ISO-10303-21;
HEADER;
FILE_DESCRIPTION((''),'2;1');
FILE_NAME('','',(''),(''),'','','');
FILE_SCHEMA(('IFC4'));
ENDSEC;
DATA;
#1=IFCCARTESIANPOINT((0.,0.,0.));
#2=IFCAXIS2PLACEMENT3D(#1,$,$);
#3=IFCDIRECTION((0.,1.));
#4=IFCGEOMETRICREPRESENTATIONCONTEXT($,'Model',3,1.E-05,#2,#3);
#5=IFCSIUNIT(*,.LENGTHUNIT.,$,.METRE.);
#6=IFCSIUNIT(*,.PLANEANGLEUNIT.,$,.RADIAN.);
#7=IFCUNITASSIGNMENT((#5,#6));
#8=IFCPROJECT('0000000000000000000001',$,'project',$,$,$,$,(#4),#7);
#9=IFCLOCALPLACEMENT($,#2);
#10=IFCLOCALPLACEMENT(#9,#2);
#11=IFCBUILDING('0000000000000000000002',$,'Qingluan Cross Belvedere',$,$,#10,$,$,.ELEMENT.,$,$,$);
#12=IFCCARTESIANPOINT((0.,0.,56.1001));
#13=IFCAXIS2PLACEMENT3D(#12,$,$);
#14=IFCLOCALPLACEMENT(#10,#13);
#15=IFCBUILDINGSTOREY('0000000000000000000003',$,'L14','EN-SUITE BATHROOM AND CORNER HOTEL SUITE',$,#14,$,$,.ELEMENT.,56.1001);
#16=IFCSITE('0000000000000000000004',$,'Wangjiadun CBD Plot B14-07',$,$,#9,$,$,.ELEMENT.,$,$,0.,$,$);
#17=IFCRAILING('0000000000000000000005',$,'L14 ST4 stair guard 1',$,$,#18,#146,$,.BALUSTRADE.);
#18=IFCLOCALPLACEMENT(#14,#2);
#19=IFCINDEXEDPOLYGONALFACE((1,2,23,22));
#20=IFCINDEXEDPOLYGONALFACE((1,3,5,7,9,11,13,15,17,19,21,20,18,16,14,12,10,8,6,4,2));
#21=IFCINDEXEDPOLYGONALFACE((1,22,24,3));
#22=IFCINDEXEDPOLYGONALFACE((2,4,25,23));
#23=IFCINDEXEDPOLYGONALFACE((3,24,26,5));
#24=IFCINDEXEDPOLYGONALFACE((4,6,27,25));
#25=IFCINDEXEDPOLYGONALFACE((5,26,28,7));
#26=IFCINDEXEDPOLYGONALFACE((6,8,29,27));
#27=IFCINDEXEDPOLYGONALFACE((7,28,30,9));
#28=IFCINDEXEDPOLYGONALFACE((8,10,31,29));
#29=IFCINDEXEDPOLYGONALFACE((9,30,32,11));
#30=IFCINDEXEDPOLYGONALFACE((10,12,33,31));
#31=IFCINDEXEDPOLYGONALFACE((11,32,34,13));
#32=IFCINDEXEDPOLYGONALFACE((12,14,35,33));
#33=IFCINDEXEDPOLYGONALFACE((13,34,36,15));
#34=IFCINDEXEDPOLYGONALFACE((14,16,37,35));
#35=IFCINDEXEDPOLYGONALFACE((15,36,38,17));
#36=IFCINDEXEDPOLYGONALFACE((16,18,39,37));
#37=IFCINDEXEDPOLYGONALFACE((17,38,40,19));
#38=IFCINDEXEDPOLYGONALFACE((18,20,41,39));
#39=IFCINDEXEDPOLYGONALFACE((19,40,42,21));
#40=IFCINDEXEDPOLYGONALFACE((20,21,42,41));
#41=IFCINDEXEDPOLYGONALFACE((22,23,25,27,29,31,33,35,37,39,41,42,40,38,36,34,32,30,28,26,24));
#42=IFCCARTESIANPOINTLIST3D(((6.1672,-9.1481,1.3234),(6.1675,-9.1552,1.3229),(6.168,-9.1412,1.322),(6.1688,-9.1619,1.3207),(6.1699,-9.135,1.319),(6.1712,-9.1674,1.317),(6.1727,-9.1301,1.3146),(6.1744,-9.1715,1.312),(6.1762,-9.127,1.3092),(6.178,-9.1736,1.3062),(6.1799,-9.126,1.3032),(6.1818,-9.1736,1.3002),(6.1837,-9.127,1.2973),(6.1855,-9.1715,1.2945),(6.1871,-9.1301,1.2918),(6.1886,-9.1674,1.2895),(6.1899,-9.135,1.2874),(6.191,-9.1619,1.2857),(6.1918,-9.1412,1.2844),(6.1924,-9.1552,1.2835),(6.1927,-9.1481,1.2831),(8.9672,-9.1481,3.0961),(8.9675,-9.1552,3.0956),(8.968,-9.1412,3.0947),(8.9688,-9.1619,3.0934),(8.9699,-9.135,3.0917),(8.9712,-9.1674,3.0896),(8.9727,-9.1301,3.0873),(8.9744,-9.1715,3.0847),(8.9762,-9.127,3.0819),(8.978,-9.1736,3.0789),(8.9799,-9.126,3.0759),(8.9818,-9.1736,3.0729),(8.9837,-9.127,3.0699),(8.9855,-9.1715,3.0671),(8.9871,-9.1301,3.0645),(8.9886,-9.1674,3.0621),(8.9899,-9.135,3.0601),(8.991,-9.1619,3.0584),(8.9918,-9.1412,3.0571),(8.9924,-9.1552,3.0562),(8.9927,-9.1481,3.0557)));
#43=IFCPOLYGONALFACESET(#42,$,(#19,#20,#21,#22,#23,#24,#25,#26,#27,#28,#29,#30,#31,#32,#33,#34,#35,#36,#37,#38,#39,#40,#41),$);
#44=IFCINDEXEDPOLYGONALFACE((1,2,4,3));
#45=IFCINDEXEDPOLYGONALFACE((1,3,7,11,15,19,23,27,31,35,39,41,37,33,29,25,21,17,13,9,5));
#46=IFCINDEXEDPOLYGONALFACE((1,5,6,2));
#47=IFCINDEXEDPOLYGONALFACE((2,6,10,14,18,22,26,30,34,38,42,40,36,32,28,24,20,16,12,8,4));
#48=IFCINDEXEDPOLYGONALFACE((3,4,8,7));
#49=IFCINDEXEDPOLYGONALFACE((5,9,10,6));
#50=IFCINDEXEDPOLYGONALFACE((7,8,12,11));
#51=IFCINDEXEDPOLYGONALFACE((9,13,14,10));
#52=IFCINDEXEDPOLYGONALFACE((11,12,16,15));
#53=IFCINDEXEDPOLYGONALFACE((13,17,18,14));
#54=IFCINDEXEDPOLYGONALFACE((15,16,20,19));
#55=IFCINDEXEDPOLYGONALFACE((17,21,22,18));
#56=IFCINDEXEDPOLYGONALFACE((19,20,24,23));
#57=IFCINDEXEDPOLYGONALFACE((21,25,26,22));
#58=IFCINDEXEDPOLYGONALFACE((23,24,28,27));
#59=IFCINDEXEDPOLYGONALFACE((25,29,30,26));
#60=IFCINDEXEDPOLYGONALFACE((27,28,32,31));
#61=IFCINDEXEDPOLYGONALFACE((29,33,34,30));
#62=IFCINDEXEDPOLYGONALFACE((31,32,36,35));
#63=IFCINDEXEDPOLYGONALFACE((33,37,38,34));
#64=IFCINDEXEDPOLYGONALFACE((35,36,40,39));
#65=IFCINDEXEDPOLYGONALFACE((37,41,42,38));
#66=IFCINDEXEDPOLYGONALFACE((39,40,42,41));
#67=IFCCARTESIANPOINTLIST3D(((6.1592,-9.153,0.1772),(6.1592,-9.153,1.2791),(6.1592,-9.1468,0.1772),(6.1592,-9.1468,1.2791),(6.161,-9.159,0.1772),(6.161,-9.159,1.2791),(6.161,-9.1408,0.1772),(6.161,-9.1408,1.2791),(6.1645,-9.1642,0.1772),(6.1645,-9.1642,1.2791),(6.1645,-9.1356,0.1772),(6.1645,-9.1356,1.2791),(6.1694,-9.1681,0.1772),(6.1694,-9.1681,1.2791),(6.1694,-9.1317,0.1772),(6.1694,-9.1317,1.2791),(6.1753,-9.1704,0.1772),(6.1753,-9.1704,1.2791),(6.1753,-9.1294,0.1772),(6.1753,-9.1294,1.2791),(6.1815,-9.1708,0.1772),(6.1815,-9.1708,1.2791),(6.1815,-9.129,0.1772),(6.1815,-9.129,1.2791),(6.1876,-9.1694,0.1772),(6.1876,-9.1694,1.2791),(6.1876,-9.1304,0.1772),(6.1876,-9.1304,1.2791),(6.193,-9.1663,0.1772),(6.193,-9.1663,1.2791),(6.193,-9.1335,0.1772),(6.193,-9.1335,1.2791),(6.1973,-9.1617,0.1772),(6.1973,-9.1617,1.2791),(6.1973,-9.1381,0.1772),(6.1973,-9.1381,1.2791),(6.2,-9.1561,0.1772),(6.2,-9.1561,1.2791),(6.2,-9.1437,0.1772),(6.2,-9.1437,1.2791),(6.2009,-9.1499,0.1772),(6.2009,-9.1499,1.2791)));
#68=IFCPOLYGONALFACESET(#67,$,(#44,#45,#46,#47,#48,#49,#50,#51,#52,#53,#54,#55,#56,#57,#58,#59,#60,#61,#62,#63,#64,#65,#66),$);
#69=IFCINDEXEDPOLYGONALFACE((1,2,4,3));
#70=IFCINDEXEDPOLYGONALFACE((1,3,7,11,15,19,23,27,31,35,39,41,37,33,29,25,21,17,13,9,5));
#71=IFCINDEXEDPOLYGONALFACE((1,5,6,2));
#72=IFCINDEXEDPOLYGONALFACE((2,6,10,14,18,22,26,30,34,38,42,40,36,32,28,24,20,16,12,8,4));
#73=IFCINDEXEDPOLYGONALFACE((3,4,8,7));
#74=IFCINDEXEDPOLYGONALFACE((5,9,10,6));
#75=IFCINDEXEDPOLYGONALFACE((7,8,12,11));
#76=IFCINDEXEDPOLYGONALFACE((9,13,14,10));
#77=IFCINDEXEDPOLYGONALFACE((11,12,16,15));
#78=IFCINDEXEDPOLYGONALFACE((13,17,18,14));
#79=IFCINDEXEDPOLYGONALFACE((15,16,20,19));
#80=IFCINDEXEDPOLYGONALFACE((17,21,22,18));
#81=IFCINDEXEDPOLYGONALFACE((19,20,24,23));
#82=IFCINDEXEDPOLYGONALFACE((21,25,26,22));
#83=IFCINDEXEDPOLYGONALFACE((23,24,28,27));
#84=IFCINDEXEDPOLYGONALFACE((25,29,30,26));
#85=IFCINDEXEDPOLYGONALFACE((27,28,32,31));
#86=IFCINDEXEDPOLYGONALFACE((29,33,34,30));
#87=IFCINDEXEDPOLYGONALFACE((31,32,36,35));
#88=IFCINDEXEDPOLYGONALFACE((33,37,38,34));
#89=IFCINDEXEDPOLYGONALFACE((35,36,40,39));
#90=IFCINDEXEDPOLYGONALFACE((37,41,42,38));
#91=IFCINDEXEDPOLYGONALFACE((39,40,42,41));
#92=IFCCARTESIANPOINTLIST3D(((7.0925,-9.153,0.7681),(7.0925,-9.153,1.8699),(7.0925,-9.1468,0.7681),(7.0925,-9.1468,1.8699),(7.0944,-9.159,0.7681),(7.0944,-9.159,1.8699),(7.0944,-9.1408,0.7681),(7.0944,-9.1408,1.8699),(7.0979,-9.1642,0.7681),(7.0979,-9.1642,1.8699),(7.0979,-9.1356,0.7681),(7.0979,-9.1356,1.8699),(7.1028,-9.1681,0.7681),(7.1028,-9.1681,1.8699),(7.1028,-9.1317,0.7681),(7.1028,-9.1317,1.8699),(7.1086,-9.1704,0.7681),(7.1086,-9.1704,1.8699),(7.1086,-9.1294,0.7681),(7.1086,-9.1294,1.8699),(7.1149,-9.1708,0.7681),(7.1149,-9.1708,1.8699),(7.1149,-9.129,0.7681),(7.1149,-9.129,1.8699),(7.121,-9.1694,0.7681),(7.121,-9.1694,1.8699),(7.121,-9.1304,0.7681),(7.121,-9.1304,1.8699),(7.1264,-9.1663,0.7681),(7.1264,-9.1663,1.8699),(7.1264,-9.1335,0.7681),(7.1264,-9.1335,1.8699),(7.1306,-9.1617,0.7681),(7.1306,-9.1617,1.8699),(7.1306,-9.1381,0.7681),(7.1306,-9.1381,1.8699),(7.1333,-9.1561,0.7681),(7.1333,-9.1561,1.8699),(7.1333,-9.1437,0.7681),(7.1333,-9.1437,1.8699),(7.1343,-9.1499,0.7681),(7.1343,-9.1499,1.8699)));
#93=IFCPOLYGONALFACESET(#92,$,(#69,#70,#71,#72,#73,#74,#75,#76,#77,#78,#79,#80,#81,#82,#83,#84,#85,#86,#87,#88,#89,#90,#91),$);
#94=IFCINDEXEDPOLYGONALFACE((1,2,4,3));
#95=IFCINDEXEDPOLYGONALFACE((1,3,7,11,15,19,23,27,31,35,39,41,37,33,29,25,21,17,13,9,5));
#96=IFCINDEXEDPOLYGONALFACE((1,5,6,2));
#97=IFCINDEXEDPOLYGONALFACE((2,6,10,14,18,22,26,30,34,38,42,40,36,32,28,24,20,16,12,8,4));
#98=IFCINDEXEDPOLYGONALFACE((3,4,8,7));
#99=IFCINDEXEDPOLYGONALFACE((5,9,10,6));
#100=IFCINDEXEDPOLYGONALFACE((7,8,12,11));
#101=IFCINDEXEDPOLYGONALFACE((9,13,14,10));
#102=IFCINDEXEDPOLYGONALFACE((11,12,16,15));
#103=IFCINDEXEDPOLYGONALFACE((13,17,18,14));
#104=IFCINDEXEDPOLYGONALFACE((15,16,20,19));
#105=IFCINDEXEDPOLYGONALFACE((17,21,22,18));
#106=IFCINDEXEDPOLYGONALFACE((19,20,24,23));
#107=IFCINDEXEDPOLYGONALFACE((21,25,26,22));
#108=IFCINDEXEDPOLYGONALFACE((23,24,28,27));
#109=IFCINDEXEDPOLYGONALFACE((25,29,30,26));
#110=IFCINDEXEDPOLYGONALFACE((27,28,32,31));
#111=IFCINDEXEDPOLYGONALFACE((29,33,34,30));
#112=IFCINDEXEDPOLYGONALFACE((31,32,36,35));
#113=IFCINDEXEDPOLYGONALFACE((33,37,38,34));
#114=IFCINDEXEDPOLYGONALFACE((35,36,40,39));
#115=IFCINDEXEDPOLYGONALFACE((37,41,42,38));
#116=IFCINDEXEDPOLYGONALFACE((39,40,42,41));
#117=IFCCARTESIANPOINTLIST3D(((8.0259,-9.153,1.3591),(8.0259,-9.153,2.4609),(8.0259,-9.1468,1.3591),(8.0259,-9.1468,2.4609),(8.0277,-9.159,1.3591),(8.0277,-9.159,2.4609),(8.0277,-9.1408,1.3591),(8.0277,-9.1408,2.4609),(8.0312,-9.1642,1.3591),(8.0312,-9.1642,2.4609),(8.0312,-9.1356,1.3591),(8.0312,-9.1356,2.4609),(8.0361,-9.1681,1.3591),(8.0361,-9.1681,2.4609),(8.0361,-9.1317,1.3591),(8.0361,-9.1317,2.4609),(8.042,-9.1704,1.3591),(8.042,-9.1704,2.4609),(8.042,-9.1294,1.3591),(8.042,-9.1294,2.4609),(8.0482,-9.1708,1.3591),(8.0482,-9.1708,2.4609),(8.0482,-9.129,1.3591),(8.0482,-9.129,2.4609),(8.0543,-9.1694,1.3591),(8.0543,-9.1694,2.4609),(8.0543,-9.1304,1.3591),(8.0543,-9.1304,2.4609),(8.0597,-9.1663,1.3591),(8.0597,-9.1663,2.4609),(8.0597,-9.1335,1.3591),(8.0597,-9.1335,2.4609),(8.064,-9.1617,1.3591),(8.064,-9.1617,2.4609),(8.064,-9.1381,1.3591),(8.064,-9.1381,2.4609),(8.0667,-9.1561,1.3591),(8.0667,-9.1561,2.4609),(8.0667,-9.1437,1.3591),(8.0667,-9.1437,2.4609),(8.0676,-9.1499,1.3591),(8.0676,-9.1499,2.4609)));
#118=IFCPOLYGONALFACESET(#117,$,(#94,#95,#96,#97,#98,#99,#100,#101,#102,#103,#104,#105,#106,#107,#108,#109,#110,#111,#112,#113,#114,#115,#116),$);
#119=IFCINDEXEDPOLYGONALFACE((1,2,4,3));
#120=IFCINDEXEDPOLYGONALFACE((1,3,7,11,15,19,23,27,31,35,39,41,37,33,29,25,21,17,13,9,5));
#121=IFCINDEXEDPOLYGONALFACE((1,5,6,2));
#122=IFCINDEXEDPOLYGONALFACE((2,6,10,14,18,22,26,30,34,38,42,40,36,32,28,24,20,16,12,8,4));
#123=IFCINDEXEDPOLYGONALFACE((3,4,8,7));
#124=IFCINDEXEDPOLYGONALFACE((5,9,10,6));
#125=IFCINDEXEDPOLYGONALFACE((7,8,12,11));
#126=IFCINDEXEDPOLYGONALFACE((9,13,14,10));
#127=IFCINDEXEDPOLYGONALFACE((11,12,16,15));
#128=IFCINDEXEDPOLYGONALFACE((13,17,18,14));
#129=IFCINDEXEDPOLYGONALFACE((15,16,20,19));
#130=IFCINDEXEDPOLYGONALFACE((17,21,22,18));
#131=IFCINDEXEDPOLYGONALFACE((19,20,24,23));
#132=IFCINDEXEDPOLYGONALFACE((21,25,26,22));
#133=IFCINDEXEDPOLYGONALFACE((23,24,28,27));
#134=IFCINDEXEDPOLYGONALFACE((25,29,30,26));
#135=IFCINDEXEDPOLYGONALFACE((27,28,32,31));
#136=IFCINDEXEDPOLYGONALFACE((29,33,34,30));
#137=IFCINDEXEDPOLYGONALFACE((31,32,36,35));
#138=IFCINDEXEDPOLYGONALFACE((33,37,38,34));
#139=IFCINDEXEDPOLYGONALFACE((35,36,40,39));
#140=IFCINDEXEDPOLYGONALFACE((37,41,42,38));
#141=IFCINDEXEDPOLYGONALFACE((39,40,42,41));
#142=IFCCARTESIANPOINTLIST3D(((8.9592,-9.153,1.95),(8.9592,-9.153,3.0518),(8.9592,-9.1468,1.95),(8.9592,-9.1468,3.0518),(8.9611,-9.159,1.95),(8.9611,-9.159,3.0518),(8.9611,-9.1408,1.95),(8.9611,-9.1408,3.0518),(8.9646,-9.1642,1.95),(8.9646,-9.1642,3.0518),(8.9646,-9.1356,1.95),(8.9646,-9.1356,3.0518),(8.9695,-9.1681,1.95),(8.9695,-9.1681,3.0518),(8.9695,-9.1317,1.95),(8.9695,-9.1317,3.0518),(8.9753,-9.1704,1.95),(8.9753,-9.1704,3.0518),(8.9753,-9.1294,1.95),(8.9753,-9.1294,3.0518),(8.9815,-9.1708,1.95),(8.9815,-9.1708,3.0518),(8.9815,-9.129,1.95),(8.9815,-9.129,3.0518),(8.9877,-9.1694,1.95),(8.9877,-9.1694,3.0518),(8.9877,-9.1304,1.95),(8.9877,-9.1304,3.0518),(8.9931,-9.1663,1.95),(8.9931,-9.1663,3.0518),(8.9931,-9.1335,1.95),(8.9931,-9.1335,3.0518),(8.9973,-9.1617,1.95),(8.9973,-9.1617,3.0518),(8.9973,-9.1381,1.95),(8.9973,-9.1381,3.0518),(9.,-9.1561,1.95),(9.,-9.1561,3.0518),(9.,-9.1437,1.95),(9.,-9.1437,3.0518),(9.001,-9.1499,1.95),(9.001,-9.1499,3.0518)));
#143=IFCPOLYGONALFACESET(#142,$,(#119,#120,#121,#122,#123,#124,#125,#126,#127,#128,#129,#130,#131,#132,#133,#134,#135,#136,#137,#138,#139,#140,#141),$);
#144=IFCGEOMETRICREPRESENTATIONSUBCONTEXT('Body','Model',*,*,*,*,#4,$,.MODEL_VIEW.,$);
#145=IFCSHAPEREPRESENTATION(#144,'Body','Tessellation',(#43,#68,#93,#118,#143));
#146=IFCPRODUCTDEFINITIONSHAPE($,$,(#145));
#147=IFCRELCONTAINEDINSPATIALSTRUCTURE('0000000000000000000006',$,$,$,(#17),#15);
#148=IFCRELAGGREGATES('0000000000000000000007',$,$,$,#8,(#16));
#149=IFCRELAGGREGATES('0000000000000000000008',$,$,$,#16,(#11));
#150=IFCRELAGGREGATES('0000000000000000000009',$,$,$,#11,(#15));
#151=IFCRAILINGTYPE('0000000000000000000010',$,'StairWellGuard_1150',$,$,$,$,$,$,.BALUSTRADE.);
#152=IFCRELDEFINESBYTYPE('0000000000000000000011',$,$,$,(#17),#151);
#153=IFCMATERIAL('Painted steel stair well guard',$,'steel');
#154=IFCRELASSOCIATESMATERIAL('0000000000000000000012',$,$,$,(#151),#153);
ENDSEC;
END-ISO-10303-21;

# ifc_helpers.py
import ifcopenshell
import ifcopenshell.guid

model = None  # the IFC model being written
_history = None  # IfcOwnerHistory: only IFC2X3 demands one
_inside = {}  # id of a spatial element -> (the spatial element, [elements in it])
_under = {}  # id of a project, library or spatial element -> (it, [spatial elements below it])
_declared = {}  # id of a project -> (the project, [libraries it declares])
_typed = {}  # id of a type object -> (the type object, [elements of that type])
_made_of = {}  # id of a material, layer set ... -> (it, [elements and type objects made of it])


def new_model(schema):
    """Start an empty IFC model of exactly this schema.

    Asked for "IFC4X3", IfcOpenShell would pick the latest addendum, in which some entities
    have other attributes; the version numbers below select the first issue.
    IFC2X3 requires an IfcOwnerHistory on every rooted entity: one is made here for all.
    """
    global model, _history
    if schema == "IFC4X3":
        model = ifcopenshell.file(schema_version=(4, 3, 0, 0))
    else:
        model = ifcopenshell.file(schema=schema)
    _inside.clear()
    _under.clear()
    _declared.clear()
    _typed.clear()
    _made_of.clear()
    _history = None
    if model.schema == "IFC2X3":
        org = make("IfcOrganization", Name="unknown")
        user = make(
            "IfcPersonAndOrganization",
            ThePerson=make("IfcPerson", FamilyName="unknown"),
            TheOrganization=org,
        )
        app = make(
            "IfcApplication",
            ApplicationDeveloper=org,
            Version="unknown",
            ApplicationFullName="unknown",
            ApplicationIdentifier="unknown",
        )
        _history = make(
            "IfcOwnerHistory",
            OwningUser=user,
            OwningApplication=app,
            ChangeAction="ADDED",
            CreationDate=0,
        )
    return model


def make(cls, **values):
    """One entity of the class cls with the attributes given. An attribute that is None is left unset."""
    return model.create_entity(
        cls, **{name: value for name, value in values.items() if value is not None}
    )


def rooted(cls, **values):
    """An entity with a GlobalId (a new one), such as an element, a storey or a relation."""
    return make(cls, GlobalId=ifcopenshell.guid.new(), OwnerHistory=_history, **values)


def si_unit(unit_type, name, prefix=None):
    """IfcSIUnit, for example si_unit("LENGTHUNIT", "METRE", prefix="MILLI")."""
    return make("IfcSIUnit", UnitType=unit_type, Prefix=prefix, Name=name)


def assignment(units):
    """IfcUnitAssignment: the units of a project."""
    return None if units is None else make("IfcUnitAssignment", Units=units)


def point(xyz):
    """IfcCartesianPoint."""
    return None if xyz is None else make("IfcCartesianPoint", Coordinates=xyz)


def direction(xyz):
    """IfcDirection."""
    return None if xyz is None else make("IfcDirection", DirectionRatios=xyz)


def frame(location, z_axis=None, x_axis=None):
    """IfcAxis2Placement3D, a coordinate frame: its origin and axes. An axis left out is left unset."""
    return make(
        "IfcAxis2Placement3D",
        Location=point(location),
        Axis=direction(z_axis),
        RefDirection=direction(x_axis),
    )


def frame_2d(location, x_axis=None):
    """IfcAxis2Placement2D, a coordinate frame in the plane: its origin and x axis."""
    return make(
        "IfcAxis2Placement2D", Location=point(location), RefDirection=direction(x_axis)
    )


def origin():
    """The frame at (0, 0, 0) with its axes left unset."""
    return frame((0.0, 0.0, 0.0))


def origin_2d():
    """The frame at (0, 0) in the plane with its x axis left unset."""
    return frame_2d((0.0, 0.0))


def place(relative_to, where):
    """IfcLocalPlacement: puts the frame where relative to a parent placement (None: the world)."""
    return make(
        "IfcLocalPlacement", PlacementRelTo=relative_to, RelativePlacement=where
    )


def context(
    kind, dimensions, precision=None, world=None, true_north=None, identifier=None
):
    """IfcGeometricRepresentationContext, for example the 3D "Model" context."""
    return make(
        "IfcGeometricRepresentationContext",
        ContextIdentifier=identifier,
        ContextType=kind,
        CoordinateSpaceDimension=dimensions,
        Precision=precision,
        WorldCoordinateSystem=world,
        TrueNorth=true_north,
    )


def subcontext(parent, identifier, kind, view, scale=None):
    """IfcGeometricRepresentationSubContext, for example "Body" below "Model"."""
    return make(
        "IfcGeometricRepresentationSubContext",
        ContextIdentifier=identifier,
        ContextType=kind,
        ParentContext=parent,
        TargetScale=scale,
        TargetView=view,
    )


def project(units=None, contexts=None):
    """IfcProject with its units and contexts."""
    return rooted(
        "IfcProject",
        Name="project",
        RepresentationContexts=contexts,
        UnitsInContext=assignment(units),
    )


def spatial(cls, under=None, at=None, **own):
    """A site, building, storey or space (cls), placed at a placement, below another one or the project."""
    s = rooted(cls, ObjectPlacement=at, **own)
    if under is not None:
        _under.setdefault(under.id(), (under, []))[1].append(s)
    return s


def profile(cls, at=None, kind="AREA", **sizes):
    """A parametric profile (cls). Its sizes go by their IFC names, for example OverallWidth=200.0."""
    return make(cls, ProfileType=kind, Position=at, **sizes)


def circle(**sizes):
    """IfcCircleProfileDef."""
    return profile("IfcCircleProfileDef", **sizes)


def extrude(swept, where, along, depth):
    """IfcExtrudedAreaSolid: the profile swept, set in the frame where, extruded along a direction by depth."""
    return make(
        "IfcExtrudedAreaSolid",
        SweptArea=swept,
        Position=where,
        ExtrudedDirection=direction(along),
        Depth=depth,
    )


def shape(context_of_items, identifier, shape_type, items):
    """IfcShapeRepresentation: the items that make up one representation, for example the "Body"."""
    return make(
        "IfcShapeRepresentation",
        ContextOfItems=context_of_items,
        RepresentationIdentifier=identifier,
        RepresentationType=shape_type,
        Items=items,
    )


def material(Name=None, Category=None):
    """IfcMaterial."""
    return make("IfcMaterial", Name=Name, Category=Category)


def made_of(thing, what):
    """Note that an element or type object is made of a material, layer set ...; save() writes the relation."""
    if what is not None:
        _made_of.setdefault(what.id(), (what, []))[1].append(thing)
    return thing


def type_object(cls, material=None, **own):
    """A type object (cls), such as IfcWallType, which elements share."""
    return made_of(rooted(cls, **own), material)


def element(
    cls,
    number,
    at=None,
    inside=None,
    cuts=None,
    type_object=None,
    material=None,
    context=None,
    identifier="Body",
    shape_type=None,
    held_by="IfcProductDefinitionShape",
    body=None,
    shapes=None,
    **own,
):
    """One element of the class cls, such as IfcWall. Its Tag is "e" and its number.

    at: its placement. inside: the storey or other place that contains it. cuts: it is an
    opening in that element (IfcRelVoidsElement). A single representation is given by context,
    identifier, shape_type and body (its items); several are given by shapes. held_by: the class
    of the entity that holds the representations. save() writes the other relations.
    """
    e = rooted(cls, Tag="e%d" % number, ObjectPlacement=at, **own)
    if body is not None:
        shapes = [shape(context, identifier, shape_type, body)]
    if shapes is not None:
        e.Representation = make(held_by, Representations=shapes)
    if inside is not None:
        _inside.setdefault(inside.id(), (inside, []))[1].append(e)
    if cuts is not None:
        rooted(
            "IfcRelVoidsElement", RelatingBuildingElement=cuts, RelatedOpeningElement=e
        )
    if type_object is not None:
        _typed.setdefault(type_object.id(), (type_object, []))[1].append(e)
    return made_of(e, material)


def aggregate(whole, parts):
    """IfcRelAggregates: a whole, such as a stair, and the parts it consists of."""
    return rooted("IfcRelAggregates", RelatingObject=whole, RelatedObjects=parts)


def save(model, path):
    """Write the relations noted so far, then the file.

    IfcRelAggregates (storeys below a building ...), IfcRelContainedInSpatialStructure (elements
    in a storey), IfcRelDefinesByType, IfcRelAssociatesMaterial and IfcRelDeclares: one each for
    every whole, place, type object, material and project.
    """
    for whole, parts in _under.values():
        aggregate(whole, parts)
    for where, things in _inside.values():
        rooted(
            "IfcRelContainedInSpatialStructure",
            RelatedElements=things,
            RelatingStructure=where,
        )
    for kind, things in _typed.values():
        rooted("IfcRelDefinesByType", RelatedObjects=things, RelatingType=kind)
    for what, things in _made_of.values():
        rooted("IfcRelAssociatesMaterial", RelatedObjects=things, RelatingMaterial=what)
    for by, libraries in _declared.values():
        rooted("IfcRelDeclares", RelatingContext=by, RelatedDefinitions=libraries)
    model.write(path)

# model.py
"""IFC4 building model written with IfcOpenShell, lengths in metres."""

from ifc_helpers import new_model, si_unit, direction, frame, origin, origin_2d, place, context, subcontext, project, spatial, circle, extrude, material, type_object, element, save


model = new_model("IFC4")

# Units and contexts
model_context = context("Model", 3, precision=1e-05, world=origin(), true_north=direction((0.0, 1.0)))
body_context = subcontext(model_context, "Body", "Model", "MODEL_VIEW")
ifc_project = project(units=[si_unit("LENGTHUNIT", "METRE"), si_unit("PLANEANGLEUNIT", "RADIAN")], contexts=[model_context])

# Site, building, storey
site_placement = place(None, origin())
site = spatial("IfcSite", under=ifc_project, at=site_placement, Name="Wangjiadun CBD Plot B14-07", CompositionType="ELEMENT", RefElevation=0.0)
building_placement = place(site_placement, origin())
building = spatial("IfcBuilding", under=site, at=building_placement, Name="Qingluan Cross Belvedere", CompositionType="ELEMENT")
storey_placement = place(building_placement, frame((0.0, 0.0, 56.1001)))
storey = spatial("IfcBuildingStorey", under=building, at=storey_placement, Name="L14", Description="EN-SUITE BATHROOM AND CORNER HOTEL SUITE", CompositionType="ELEMENT", Elevation=56.1001)

# Railing
ifc_material_1 = material(Name="Painted steel stair well guard", Category="steel")
railing_type_1 = type_object("IfcRailingType", Name="StairWellGuard_1150", PredefinedType="BALUSTRADE", material=ifc_material_1)
railing_1_placement = place(storey_placement, frame((6.1799, -9.1499, 0.1772)))
element("IfcRailing", 1, at=railing_1_placement, inside=storey, type_object=railing_type_1, Name="L14 ST4 stair guard 1", PredefinedType="BALUSTRADE", context=body_context, shape_type="SweptSolid", body=[
    extrude(circle(Radius=0.0239, at=origin_2d()), frame((0.0, 0.0, 1.126), z_axis=(0.844909, 0.0, 0.53491), x_axis=(0.0, 1.0, 0.0)), (0.0, 0.0, 1.0), 3.314),
    extrude(circle(Radius=0.021, at=origin_2d()), origin(), (0.0, 0.0, 1.0), 1.1018),
    extrude(circle(Radius=0.021, at=origin_2d()), frame((0.9333, 0.0, 0.5908)), (0.0, 0.0, 1.0), 1.1018),
    extrude(circle(Radius=0.021, at=origin_2d()), frame((1.8667, 0.0, 1.1819)), (0.0, 0.0, 1.0), 1.1018),
    extrude(circle(Radius=0.021, at=origin_2d()), frame((2.8, 0.0, 1.7727)), (0.0, 0.0, 1.0), 1.1018),
])

save(model, "model.ifc")
